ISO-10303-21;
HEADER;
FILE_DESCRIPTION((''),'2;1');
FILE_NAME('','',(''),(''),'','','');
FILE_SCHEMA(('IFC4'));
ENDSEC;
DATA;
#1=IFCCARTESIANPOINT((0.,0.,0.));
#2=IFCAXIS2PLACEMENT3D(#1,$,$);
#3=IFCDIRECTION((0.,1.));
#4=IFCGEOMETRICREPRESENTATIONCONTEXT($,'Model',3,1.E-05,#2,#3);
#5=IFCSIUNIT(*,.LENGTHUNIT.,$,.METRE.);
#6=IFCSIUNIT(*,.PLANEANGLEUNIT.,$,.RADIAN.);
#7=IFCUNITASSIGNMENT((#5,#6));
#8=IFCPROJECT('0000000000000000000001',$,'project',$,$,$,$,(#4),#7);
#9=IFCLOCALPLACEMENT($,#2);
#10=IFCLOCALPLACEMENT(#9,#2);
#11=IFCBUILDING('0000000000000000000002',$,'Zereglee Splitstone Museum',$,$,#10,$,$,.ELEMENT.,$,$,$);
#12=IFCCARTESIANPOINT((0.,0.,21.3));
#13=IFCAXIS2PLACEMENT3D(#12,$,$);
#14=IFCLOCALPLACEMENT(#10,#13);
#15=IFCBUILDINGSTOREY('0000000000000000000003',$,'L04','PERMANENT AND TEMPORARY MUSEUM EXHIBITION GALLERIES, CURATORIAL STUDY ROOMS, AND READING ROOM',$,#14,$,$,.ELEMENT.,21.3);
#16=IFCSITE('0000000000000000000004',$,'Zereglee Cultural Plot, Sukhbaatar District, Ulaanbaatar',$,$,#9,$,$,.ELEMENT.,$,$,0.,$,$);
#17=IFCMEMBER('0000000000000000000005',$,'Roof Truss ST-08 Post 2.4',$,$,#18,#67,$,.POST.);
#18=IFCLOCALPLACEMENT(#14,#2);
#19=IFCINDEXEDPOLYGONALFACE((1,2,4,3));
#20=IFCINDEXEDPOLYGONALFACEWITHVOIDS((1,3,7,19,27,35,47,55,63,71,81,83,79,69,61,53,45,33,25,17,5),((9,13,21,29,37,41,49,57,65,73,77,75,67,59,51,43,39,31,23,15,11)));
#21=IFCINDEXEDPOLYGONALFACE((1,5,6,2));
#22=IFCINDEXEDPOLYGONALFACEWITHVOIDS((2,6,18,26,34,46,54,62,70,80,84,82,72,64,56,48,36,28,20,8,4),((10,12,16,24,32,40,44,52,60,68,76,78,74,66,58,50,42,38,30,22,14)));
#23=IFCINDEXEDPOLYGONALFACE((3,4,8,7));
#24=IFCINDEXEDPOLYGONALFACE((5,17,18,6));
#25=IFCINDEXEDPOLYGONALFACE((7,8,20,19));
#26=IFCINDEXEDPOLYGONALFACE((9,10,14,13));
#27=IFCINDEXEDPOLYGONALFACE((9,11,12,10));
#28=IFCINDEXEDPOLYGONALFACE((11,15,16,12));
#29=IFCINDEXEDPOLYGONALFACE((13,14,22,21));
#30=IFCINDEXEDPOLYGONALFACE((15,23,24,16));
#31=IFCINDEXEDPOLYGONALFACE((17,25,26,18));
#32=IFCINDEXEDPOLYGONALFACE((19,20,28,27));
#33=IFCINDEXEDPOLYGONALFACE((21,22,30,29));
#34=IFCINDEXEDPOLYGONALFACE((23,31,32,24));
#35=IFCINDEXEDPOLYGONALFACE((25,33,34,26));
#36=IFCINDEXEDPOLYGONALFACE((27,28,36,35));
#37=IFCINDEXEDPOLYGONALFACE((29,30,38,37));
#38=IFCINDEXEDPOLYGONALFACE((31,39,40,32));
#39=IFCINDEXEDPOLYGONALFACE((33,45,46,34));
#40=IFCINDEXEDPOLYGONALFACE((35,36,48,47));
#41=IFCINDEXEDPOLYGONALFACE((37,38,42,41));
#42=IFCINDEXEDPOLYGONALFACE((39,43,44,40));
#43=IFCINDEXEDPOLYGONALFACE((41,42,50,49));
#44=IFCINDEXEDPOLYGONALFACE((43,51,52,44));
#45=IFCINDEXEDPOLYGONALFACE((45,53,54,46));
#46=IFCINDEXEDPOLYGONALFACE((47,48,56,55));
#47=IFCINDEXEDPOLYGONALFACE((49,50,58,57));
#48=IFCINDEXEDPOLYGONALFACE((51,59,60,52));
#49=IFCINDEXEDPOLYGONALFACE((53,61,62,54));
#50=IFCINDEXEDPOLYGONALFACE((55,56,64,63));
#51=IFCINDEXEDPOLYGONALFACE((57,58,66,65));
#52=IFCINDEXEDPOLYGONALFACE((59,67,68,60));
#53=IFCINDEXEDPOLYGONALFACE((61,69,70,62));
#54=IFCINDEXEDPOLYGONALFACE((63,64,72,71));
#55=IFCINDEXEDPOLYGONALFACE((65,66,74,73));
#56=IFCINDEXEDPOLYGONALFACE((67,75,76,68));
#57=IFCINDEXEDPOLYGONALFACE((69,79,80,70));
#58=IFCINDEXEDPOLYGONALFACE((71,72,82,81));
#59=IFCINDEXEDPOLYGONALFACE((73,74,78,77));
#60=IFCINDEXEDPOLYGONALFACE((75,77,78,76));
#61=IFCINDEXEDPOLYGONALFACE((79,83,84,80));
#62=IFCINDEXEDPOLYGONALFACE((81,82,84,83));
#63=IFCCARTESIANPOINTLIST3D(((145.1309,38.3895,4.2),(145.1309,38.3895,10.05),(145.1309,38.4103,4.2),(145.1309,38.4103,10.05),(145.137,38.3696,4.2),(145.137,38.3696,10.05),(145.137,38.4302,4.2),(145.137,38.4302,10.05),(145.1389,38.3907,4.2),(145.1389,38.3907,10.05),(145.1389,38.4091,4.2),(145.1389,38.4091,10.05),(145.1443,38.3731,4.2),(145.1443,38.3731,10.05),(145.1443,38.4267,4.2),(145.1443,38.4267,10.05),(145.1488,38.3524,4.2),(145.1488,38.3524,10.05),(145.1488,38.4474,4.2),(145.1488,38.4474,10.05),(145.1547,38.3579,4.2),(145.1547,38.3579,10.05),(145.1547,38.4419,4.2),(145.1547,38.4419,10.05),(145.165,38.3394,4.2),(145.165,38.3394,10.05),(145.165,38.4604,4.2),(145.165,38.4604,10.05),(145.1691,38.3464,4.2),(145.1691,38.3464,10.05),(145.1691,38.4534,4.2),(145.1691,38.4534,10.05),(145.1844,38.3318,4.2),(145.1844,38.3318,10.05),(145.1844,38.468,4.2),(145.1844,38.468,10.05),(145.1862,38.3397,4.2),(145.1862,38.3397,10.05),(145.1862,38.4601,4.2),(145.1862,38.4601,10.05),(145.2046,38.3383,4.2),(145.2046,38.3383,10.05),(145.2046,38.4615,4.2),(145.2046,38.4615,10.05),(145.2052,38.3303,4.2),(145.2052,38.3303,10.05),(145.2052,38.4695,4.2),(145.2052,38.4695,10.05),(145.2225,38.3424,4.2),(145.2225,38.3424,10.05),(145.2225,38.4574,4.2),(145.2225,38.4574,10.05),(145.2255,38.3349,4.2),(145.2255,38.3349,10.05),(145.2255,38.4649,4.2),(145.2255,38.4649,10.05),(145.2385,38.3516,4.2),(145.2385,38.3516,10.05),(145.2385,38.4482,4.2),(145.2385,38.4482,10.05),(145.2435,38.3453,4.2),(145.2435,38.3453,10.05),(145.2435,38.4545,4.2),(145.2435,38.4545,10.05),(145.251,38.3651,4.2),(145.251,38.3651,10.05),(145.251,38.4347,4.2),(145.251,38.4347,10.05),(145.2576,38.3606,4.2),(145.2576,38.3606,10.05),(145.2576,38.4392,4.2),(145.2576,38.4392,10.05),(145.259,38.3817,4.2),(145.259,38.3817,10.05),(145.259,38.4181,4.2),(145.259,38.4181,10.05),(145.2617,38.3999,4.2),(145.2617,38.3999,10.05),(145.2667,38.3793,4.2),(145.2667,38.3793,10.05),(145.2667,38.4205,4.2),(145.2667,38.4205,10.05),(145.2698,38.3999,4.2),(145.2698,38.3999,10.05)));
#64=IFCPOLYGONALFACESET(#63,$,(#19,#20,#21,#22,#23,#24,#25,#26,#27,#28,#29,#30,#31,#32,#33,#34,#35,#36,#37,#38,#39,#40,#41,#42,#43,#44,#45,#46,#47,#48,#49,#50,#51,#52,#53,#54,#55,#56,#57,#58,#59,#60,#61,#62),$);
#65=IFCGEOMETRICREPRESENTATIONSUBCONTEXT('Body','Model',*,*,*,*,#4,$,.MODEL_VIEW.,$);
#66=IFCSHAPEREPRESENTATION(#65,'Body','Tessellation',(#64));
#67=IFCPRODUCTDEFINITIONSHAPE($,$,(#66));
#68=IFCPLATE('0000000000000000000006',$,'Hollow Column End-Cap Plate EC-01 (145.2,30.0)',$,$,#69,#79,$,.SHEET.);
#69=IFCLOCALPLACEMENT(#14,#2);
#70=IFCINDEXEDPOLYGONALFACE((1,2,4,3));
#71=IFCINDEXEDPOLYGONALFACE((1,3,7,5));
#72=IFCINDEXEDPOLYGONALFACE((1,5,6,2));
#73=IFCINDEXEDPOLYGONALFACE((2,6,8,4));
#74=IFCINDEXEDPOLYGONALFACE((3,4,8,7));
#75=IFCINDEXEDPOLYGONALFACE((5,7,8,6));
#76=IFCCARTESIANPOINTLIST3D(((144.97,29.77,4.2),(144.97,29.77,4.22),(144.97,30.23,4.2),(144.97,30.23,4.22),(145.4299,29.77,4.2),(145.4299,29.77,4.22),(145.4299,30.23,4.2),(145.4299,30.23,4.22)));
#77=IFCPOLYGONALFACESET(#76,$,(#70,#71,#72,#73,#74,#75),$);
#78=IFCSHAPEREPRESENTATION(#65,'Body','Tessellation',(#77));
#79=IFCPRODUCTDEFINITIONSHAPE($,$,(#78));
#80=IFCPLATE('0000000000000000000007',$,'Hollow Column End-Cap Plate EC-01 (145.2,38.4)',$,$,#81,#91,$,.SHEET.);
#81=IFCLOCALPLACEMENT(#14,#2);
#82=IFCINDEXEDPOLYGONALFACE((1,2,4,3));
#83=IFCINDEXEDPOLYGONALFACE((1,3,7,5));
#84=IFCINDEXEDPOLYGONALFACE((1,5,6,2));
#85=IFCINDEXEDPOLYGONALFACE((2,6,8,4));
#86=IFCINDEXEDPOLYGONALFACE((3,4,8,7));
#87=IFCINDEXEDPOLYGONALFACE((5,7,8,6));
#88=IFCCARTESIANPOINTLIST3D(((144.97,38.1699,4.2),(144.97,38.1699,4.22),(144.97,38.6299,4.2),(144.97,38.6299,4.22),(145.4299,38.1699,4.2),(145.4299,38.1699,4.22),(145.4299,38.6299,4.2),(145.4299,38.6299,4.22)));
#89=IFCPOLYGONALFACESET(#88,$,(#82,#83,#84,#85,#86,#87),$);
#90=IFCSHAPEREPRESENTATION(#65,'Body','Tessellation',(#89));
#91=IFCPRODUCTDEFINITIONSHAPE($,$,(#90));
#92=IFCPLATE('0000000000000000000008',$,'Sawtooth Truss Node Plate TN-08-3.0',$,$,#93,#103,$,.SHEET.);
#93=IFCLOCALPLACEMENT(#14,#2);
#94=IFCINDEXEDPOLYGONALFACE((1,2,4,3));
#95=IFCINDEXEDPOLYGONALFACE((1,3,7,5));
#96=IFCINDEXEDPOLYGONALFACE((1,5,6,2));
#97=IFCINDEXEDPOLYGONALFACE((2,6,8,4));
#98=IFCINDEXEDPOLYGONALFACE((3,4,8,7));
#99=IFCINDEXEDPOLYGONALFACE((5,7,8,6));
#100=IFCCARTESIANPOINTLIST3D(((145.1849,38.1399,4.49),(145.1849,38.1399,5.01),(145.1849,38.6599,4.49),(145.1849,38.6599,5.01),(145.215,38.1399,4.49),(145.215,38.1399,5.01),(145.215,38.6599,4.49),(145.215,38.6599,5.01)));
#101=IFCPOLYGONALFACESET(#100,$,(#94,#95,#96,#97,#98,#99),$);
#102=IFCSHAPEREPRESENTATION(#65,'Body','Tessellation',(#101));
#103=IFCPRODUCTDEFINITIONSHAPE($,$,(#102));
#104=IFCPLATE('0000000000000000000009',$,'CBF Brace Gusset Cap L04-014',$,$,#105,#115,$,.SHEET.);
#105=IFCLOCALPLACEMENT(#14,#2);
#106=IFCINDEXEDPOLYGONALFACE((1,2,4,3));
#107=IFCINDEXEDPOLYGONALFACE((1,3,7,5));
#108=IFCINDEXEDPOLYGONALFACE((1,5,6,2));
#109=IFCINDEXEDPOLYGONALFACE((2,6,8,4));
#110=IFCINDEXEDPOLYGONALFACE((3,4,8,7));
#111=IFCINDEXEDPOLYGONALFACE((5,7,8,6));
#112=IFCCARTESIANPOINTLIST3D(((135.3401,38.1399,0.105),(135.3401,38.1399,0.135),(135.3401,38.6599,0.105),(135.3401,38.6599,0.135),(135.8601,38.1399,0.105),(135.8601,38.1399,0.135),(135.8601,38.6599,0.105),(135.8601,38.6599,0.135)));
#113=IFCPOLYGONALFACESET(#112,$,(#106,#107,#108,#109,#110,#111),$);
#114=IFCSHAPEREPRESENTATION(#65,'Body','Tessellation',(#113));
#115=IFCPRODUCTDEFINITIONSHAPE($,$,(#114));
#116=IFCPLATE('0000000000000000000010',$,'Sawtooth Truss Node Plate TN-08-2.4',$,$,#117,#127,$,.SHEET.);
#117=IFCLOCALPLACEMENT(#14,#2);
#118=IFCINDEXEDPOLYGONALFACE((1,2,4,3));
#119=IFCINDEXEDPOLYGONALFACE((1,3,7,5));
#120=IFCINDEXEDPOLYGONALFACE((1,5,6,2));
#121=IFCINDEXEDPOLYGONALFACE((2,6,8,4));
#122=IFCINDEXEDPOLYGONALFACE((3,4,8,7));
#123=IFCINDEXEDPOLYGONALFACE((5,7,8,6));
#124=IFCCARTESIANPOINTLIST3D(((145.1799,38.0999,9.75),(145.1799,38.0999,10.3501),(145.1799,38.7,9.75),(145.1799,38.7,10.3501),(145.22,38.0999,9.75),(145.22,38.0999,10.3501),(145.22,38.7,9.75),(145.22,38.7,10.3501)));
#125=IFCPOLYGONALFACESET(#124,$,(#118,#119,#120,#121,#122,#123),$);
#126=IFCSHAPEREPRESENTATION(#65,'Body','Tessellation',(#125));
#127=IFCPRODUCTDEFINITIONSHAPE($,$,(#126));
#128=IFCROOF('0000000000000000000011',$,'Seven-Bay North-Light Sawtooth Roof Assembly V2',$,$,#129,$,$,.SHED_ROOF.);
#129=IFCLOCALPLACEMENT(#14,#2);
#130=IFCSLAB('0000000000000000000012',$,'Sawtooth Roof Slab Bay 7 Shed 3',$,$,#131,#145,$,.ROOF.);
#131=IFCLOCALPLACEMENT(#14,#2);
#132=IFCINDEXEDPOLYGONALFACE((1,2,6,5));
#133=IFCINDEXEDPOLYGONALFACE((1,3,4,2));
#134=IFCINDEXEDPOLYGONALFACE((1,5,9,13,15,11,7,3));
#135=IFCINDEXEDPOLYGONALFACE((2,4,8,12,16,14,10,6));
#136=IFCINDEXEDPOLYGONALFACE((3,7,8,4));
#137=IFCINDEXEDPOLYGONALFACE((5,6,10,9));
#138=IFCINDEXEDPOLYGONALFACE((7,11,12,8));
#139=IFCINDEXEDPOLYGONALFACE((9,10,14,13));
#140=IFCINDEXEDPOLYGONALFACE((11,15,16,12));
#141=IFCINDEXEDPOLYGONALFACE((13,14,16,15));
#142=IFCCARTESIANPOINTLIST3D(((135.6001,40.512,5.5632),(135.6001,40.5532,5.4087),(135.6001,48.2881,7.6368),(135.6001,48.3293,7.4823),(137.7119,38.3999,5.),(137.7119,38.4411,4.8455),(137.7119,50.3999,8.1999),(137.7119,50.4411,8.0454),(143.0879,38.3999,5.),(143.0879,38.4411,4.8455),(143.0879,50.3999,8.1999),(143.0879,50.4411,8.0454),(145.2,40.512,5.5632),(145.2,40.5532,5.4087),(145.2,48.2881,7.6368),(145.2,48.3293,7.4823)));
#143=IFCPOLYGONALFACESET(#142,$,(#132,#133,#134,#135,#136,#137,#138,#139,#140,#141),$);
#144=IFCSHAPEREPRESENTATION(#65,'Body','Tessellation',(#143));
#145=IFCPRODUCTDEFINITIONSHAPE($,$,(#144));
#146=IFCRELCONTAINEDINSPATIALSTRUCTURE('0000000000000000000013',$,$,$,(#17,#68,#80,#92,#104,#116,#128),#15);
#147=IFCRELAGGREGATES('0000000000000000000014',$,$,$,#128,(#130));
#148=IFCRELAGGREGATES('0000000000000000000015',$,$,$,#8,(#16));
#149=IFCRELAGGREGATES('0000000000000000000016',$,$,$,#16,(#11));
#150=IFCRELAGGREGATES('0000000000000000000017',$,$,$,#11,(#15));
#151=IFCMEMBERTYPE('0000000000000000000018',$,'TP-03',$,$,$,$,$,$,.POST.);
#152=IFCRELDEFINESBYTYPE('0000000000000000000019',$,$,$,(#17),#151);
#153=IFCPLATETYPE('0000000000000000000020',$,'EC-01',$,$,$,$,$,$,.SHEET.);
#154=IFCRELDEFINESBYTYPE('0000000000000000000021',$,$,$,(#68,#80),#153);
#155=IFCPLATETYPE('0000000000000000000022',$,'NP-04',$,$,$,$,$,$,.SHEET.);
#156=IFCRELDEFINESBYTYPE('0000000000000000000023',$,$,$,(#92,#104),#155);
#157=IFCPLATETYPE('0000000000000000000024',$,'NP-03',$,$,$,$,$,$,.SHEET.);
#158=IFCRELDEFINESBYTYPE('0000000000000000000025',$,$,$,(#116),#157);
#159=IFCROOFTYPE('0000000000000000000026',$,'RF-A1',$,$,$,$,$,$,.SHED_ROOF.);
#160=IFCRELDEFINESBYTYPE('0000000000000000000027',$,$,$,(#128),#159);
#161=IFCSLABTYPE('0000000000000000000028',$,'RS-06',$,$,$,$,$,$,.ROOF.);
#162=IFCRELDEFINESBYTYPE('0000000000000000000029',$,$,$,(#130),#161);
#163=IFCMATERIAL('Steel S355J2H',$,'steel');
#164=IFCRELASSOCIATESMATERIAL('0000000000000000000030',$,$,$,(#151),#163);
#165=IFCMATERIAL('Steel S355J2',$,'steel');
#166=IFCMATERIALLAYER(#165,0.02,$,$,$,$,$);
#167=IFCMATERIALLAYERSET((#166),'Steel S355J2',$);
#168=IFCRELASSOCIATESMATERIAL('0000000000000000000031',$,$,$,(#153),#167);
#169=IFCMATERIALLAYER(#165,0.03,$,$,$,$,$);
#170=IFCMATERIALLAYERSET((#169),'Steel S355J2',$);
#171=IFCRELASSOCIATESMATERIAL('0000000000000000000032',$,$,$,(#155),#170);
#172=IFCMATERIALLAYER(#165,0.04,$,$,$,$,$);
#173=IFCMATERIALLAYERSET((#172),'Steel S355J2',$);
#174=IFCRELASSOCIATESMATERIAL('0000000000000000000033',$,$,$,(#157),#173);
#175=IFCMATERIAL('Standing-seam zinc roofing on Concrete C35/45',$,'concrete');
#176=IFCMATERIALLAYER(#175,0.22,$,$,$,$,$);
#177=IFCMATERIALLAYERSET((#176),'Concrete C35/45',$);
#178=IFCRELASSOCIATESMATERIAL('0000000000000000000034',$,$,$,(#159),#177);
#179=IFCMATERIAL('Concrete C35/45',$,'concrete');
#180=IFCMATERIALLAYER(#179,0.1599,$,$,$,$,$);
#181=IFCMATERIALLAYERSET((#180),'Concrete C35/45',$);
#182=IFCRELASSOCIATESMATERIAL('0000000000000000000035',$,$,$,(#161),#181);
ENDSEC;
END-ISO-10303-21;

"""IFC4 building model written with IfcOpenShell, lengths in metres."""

from ifc_helpers import new_model, si_unit, direction, frame, origin, origin_2d, place, context, subcontext, project, spatial, polyline, rectangle, hollow_circle, outline, extrude, material, layer, layer_set, material_profile, profile_set, type_object, element, aggregate, save


model = new_model("IFC4")

# Units and contexts
model_context = context("Model", 3, precision=1e-05, world=origin(), true_north=direction((0.0, 1.0)))
body_context = subcontext(model_context, "Body", "Model", "MODEL_VIEW")
ifc_project = project(units=[si_unit("LENGTHUNIT", "METRE"), si_unit("PLANEANGLEUNIT", "RADIAN")], contexts=[model_context])

# Site, building, storey
site_placement = place(None, origin())
site = spatial("IfcSite", under=ifc_project, at=site_placement, Name="Zereglee Cultural Plot, Sukhbaatar District, Ulaanbaatar", CompositionType="ELEMENT", RefElevation=0.0)
building_placement = place(site_placement, origin())
building = spatial("IfcBuilding", under=site, at=building_placement, Name="Zereglee Splitstone Museum", CompositionType="ELEMENT")
storey_placement = place(building_placement, frame((0.0, 0.0, 21.3)))
storey = spatial("IfcBuildingStorey", under=building, at=storey_placement, Name="L04", Description="PERMANENT AND TEMPORARY MUSEUM EXHIBITION GALLERIES, CURATORIAL STUDY ROOMS, AND READING ROOM", CompositionType="ELEMENT", Elevation=21.3)

# Shared definitions
ifc_material_1 = material(Name="Steel S355J2H", Category="steel")

# Shared definitions
ifc_material_2 = material(Name="Steel S355J2", Category="steel")

# Member
ifc_material_profile_1 = material_profile(ifc_material_1, hollow_circle(Radius=0.0698, WallThickness=0.0081, at=origin_2d()), Name="CHS 139.7x8")
ifc_profile_set_1 = profile_set([ifc_material_profile_1], Name="Steel S355J2H")
member_type_1 = type_object("IfcMemberType", Name="TP-03", PredefinedType="POST", material=ifc_profile_set_1)
member_1_placement = place(storey_placement, frame((145.2, 38.3999, 4.2), z_axis=(0.0, 0.0, 1.0), x_axis=(1.0, 0.0, 0.0)))
element("IfcMember", 1, at=member_1_placement, inside=storey, type_object=member_type_1, Name="Roof Truss ST-08 Post 2.4", PredefinedType="POST", context=body_context, shape_type="SweptSolid", body=[
    extrude(hollow_circle(Radius=0.0698, WallThickness=0.0081, at=origin_2d()), origin(), (0.0, 0.0, 1.0), 5.8501),
])

# Plates
ifc_layer_1 = layer(ifc_material_2, 0.02)
ifc_layer_set_1 = layer_set([ifc_layer_1], Name="Steel S355J2")
plate_type_1 = type_object("IfcPlateType", Name="EC-01", PredefinedType="SHEET", material=ifc_layer_set_1)
for number, where, z_axis, x_axis, name in (
    (2, (145.2, 30.0, 4.2), (0.0, 0.0, 1.0), (1.0, 0.0, 0.0), "Hollow Column End-Cap Plate EC-01 (145.2,30.0)"),
    (3, (145.2, 38.3999, 4.2), (0.0, 0.0, 1.0), (1.0, 0.0, 0.0), "Hollow Column End-Cap Plate EC-01 (145.2,38.4)"),
):
    element("IfcPlate", number, at=place(storey_placement, frame(where, z_axis=z_axis, x_axis=x_axis)), inside=storey, type_object=plate_type_1, Name=name, PredefinedType="SHEET", context=body_context, shape_type="SweptSolid", body=[
        extrude(rectangle(XDim=0.46, YDim=0.46, at=origin_2d()), origin(), (0.0, 0.0, 1.0), 0.02),
    ])
ifc_layer_2 = layer(ifc_material_2, 0.03)
ifc_layer_set_2 = layer_set([ifc_layer_2], Name="Steel S355J2")
plate_type_2 = type_object("IfcPlateType", Name="NP-04", PredefinedType="SHEET", material=ifc_layer_set_2)
plate_1_placement = place(storey_placement, frame((145.2, 38.3999, 4.49), z_axis=(0.0, 0.0, 1.0), x_axis=(1.0, 0.0, 0.0)))
element("IfcPlate", 4, at=plate_1_placement, inside=storey, type_object=plate_type_2, Name="Sawtooth Truss Node Plate TN-08-3.0", PredefinedType="SHEET", context=body_context, shape_type="SweptSolid", body=[
    extrude(rectangle(XDim=0.03, YDim=0.52, at=origin_2d()), origin(), (0.0, 0.0, 1.0), 0.52),
])
plate_2_placement = place(storey_placement, frame((135.6001, 38.3999, 0.105), z_axis=(0.0, 0.0, 1.0), x_axis=(1.0, 0.0, 0.0)))
element("IfcPlate", 5, at=plate_2_placement, inside=storey, type_object=plate_type_2, Name="CBF Brace Gusset Cap L04-014", PredefinedType="SHEET", context=body_context, shape_type="SweptSolid", body=[
    extrude(rectangle(XDim=0.52, YDim=0.52, at=origin_2d()), origin(), (0.0, 0.0, 1.0), 0.03),
])
ifc_layer_3 = layer(ifc_material_2, 0.04)
ifc_layer_set_3 = layer_set([ifc_layer_3], Name="Steel S355J2")
plate_type_3 = type_object("IfcPlateType", Name="NP-03", PredefinedType="SHEET", material=ifc_layer_set_3)
plate_3_placement = place(storey_placement, frame((145.2, 38.3999, 9.75), z_axis=(0.0, 0.0, 1.0), x_axis=(1.0, 0.0, 0.0)))
element("IfcPlate", 6, at=plate_3_placement, inside=storey, type_object=plate_type_3, Name="Sawtooth Truss Node Plate TN-08-2.4", PredefinedType="SHEET", context=body_context, shape_type="SweptSolid", body=[
    extrude(rectangle(XDim=0.04, YDim=0.6001, at=origin_2d()), origin(), (0.0, 0.0, 1.0), 0.6001),
])

# Roof, slab
ifc_material_3 = material(Name="Standing-seam zinc roofing on Concrete C35/45", Category="concrete")
ifc_layer_4 = layer(ifc_material_3, 0.22)
ifc_layer_set_4 = layer_set([ifc_layer_4], Name="Concrete C35/45")
roof_type = type_object("IfcRoofType", Name="RF-A1", PredefinedType="SHED_ROOF", material=ifc_layer_set_4)
roof_placement = place(storey_placement, origin())
roof = element("IfcRoof", 7, at=roof_placement, inside=storey, type_object=roof_type, Name="Seven-Bay North-Light Sawtooth Roof Assembly V2", PredefinedType="SHED_ROOF")
ifc_material_4 = material(Name="Concrete C35/45", Category="concrete")
ifc_layer_5 = layer(ifc_material_4, 0.1599)
ifc_layer_set_5 = layer_set([ifc_layer_5], Name="Concrete C35/45")
slab_type = type_object("IfcSlabType", Name="RS-06", PredefinedType="ROOF", material=ifc_layer_set_5)
slab_placement = place(storey_placement, frame((137.7119, 38.3999, 5.0), z_axis=(0.0, -0.257657, 0.966236), x_axis=(1.0, 0.0, 0.0)))
slab = element("IfcSlab", 8, at=slab_placement, type_object=slab_type, Name="Sawtooth Roof Slab Bay 7 Shed 3", PredefinedType="ROOF", context=body_context, shape_type="SweptSolid", body=[
    extrude(outline(polyline([(0.0, 0.0), (5.376, 0.0), (7.488, 2.1859), (7.488, 10.2337), (5.376, 12.4193), (0.0, 12.4193), (-2.1118, 10.2337), (-2.1118, 2.1859), (0.0, 0.0)])), origin(), (0.0, 0.0, -1.0), 0.1599),
])
aggregate(roof, [slab])

save(model, "model.ifc")
